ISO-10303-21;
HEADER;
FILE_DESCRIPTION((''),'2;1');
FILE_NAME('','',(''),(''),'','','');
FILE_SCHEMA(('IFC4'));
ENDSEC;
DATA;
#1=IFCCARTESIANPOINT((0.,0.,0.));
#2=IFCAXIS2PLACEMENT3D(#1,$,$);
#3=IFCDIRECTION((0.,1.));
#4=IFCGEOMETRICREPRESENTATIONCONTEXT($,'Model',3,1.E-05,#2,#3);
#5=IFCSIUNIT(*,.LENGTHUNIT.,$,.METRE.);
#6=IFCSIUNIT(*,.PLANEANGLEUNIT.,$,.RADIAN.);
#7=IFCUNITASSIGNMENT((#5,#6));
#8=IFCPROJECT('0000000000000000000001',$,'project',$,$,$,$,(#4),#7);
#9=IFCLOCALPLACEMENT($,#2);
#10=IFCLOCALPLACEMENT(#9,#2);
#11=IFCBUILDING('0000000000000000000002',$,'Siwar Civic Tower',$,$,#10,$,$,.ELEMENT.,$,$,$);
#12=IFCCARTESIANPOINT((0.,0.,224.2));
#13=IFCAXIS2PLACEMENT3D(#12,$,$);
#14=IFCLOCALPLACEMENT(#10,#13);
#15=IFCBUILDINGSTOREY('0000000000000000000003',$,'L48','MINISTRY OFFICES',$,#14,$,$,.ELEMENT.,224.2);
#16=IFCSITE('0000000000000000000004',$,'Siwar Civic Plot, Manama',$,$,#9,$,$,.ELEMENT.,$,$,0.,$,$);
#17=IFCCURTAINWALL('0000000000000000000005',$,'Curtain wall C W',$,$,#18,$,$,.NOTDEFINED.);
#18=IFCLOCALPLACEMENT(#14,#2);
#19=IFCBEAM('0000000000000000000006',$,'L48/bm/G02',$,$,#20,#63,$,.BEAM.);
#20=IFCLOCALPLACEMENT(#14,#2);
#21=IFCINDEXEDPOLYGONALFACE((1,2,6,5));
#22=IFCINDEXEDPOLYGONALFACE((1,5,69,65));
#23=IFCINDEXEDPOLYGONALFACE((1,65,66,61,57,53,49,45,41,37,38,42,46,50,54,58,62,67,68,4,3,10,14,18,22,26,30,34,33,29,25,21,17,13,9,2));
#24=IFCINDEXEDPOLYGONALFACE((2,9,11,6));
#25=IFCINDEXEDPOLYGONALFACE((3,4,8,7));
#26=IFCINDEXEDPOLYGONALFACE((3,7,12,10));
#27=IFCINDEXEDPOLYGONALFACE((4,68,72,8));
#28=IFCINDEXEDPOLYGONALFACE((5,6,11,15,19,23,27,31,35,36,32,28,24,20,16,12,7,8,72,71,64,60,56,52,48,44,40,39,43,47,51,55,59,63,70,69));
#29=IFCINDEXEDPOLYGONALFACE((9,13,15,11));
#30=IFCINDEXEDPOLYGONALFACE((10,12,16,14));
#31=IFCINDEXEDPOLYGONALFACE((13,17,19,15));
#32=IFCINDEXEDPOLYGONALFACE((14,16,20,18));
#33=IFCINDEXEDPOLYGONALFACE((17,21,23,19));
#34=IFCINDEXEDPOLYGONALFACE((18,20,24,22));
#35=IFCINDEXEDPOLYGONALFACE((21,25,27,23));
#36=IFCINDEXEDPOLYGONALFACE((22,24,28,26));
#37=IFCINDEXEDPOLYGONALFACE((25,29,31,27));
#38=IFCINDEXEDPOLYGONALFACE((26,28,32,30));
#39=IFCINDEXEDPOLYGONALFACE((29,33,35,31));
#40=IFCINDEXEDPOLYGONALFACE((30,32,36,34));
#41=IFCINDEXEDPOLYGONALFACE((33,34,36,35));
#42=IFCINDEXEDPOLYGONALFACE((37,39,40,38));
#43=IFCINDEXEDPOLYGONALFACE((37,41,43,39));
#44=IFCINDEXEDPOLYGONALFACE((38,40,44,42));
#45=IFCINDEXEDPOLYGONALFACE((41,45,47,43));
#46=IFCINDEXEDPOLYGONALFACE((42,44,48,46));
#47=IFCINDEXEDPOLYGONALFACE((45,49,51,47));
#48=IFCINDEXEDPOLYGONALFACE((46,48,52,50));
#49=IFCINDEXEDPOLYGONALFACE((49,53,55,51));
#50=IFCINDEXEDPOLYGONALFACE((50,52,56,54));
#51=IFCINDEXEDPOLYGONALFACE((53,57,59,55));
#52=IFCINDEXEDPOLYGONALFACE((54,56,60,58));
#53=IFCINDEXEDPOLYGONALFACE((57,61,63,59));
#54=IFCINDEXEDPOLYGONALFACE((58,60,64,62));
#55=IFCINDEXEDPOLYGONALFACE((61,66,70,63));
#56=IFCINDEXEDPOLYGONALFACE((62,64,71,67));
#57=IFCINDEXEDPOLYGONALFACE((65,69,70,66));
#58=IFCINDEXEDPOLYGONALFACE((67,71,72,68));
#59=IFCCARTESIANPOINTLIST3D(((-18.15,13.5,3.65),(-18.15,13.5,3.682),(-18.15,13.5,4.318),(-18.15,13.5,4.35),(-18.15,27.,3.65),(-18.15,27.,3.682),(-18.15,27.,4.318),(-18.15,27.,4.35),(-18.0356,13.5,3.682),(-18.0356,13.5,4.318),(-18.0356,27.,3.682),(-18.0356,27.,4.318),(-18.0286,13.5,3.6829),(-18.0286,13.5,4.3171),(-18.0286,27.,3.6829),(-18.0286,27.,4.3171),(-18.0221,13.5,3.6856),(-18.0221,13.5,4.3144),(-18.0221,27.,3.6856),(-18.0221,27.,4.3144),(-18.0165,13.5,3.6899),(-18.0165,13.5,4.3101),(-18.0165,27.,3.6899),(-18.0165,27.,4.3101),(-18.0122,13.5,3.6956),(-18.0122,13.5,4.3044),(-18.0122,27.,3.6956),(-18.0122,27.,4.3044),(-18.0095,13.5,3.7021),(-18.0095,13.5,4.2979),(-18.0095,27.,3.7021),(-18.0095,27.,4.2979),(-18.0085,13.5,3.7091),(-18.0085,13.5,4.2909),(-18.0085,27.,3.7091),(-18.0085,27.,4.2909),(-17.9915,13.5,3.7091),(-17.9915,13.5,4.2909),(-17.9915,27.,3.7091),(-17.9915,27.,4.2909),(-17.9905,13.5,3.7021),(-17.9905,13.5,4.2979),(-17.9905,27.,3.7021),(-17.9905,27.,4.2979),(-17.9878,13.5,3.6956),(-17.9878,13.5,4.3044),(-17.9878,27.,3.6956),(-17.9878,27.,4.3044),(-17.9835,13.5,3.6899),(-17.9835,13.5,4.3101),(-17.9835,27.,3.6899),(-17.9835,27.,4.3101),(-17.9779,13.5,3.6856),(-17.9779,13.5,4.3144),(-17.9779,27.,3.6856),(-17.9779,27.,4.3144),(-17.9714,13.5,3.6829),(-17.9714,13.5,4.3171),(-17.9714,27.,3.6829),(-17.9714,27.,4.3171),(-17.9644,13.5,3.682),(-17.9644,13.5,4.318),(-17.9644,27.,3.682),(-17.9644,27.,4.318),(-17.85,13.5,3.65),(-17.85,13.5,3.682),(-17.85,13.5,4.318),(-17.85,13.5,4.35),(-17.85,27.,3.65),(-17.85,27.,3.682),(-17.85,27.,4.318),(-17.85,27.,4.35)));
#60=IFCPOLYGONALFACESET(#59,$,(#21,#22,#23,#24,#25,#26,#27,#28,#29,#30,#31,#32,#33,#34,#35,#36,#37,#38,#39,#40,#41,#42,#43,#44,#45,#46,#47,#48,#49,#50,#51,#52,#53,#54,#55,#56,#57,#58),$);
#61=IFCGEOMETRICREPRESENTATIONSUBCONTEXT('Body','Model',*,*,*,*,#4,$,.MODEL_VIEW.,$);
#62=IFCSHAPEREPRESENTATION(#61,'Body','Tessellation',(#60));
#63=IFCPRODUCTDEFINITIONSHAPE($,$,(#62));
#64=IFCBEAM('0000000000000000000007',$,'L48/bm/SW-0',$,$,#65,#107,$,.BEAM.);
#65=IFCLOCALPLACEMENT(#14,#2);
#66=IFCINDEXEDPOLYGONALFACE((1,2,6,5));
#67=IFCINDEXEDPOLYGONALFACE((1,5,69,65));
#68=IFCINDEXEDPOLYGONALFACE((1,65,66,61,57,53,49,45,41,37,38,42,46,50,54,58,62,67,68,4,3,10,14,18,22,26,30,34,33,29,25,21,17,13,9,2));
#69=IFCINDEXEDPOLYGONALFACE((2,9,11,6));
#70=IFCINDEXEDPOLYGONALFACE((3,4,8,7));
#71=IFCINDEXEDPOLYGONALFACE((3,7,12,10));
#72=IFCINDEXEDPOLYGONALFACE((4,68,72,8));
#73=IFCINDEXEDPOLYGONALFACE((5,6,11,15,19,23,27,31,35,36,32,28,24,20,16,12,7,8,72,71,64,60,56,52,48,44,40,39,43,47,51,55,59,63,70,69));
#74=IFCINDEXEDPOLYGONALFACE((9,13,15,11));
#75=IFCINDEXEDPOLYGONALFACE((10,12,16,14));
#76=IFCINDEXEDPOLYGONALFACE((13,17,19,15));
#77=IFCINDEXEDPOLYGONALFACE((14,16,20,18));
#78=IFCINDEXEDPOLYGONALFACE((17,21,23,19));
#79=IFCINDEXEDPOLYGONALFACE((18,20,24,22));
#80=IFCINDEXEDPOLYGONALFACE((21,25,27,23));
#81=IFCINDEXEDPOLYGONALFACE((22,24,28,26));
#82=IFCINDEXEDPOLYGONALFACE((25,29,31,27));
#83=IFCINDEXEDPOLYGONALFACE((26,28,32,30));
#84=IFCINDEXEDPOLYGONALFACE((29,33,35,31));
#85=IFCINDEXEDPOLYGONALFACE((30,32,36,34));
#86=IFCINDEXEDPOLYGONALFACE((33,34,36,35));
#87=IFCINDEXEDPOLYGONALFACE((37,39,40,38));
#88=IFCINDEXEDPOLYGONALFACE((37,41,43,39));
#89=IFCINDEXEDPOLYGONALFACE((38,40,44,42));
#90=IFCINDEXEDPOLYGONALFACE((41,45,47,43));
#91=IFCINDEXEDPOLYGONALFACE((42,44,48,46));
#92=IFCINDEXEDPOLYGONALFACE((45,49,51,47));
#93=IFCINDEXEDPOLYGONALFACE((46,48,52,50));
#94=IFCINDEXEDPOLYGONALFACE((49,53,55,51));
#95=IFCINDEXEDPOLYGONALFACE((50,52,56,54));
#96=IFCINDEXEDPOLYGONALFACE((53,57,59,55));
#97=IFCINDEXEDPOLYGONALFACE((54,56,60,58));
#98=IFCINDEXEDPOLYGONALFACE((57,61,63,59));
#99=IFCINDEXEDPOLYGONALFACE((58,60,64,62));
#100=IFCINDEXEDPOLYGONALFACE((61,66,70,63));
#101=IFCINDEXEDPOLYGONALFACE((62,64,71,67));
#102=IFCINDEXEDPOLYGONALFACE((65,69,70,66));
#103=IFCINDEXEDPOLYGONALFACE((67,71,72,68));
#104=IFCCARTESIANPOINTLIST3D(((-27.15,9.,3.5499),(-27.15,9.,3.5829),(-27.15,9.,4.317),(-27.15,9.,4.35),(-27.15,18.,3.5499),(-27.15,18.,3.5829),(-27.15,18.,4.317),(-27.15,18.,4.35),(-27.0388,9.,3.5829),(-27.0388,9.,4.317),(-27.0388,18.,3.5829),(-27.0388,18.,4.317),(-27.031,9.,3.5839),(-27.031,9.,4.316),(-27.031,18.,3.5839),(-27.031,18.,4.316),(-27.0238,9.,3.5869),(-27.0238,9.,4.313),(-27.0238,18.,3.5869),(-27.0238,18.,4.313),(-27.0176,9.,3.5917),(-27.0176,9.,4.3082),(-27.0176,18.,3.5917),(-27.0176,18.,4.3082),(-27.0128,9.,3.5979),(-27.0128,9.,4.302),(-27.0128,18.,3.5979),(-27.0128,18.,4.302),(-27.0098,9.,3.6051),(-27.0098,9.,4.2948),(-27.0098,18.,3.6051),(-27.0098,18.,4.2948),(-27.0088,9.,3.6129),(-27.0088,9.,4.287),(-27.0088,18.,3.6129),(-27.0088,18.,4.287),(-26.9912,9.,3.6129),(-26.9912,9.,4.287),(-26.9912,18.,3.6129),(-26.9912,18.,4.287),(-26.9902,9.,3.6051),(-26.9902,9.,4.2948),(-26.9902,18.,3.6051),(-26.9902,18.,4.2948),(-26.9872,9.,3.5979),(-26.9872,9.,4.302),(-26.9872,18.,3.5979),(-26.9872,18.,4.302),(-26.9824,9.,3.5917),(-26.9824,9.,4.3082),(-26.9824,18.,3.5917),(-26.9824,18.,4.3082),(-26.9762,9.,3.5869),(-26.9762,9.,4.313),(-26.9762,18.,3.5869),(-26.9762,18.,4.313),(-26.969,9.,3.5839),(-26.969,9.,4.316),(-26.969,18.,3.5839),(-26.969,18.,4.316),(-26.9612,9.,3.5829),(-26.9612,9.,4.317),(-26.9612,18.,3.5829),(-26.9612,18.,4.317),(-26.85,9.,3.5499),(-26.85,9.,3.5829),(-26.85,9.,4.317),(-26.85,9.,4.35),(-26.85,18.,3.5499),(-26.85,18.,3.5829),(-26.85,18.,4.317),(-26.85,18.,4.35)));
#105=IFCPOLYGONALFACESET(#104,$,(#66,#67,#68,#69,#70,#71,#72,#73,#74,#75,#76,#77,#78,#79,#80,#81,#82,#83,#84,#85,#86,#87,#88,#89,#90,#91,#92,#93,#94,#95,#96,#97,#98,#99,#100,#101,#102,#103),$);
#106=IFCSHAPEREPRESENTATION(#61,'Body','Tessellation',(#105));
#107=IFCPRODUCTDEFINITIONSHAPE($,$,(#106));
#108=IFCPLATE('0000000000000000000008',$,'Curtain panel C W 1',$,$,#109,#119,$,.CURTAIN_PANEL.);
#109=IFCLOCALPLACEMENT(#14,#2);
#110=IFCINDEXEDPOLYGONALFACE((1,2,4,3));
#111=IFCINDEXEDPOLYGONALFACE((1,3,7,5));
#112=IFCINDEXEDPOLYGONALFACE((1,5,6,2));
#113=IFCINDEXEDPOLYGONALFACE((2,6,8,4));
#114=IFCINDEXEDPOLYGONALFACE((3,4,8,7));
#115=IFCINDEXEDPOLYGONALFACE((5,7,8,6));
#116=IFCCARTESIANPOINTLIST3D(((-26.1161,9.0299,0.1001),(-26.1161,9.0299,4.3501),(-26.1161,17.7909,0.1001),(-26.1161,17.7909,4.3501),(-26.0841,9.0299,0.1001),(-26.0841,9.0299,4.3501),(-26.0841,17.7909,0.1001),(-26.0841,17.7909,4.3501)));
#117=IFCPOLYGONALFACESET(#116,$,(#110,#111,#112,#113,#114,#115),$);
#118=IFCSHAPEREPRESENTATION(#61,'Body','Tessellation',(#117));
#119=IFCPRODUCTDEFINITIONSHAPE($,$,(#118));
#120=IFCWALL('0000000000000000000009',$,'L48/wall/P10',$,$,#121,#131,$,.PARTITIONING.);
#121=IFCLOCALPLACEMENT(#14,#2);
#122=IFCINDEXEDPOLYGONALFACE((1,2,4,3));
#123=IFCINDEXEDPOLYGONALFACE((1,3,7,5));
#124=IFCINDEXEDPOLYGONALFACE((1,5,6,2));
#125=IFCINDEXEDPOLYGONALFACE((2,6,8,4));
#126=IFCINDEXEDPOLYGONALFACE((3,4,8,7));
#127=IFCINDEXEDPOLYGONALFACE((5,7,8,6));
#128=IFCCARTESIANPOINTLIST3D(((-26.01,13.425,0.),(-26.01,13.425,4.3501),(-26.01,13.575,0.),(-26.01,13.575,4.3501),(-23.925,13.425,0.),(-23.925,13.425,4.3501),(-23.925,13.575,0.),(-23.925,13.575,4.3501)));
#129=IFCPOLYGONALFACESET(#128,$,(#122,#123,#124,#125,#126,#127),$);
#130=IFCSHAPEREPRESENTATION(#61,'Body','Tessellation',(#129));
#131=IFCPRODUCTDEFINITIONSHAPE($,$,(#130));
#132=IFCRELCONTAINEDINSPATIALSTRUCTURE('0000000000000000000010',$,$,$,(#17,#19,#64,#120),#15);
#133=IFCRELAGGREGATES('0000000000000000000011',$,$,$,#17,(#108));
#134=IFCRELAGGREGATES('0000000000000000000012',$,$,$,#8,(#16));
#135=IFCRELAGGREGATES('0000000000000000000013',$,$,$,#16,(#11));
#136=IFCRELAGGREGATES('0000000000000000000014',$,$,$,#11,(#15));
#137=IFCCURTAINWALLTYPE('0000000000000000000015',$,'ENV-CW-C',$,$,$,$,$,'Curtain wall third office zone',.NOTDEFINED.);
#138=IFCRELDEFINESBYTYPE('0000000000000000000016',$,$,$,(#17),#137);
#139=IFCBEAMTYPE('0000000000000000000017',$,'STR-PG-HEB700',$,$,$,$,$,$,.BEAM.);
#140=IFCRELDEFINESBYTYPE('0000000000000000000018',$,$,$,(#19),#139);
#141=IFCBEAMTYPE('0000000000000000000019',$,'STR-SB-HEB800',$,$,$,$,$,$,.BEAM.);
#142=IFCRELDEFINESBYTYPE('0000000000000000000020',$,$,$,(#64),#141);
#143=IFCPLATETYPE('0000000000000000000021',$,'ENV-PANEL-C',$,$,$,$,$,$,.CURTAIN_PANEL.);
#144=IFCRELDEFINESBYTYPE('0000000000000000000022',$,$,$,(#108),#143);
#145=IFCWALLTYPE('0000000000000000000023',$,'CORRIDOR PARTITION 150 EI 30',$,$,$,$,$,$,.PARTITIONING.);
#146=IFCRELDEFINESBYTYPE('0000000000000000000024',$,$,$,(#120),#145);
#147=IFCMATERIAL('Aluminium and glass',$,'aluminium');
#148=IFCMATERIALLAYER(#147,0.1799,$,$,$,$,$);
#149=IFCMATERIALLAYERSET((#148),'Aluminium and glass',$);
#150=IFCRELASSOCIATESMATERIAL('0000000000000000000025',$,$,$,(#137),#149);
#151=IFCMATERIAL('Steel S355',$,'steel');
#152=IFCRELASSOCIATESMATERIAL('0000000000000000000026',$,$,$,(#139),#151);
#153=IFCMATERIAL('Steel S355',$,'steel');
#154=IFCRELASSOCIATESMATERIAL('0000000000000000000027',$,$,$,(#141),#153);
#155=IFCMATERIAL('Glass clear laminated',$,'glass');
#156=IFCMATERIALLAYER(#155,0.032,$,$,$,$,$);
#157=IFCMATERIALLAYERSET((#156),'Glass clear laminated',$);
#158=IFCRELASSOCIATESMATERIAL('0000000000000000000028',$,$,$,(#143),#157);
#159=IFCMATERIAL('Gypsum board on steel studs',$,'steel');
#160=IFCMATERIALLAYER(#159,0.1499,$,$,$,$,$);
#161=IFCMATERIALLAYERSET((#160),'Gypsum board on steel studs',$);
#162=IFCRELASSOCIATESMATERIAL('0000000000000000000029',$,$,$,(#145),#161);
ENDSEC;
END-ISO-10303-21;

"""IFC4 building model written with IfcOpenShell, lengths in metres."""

from ifc_helpers import new_model, si_unit, direction, frame, frame_2d, origin, origin_2d, place, context, subcontext, project, spatial, rectangle, i_section, extrude, material, layer, layer_set, material_profile, profile_set, type_object, element, aggregate, save


model = new_model("IFC4")

# Units and contexts
model_context = context("Model", 3, precision=1e-05, world=origin(), true_north=direction((0.0, 1.0)))
body_context = subcontext(model_context, "Body", "Model", "MODEL_VIEW")
ifc_project = project(units=[si_unit("LENGTHUNIT", "METRE"), si_unit("PLANEANGLEUNIT", "RADIAN")], contexts=[model_context])

# Site, building, storey
site_placement = place(None, origin())
site = spatial("IfcSite", under=ifc_project, at=site_placement, Name="Siwar Civic Plot, Manama", CompositionType="ELEMENT", RefElevation=0.0)
building_placement = place(site_placement, origin())
building = spatial("IfcBuilding", under=site, at=building_placement, Name="Siwar Civic Tower", CompositionType="ELEMENT")
storey_placement = place(building_placement, frame((0.0, 0.0, 224.2)))
storey = spatial("IfcBuildingStorey", under=building, at=storey_placement, Name="L48", Description="MINISTRY OFFICES", CompositionType="ELEMENT", Elevation=224.2)

# Curtain wall
ifc_material_1 = material(Name="Aluminium and glass", Category="aluminium")
ifc_layer_1 = layer(ifc_material_1, 0.1799)
ifc_layer_set_1 = layer_set([ifc_layer_1], Name="Aluminium and glass")
curtain_wall_type = type_object("IfcCurtainWallType", Name="ENV-CW-C", ElementType="Curtain wall third office zone", PredefinedType="NOTDEFINED", material=ifc_layer_set_1)
curtain_wall_placement = place(storey_placement, origin())
curtain_wall = element("IfcCurtainWall", 1, at=curtain_wall_placement, inside=storey, type_object=curtain_wall_type, Name="Curtain wall C W", PredefinedType="NOTDEFINED")

# Beams
ifc_material_2 = material(Name="Steel S355", Category="steel")
ifc_material_profile_1 = material_profile(ifc_material_2, i_section(OverallWidth=0.3, OverallDepth=0.7, WebThickness=0.0171, FlangeThickness=0.032, FilletRadius=0.0271, at=origin_2d()), Name="HEB700")
ifc_profile_set_1 = profile_set([ifc_material_profile_1], Name="Steel S355")
beam_type_1 = type_object("IfcBeamType", Name="STR-PG-HEB700", PredefinedType="BEAM", material=ifc_profile_set_1)
beam_1_placement = place(storey_placement, frame((-18.0, 13.5, 4.0), z_axis=(0.0, 1.0, 0.0), x_axis=(-1.0, 0.0, 0.0)))
element("IfcBeam", 2, at=beam_1_placement, inside=storey, type_object=beam_type_1, Name="L48/bm/G02", PredefinedType="BEAM", context=body_context, shape_type="SweptSolid", body=[
    extrude(i_section(OverallWidth=0.3, OverallDepth=0.7, WebThickness=0.0171, FlangeThickness=0.032, FilletRadius=0.0271, at=origin_2d()), origin(), (0.0, 0.0, 1.0), 13.5),
])
ifc_material_3 = material(Name="Steel S355", Category="steel")
ifc_material_profile_2 = material_profile(ifc_material_3, i_section(OverallWidth=0.3, OverallDepth=0.8, WebThickness=0.0176, FlangeThickness=0.033, FilletRadius=0.03, at=origin_2d()), Name="HEB800")
ifc_profile_set_2 = profile_set([ifc_material_profile_2], Name="Steel S355")
beam_type_2 = type_object("IfcBeamType", Name="STR-SB-HEB800", PredefinedType="BEAM", material=ifc_profile_set_2)
beam_2_placement = place(storey_placement, frame((-27.0, 18.0, 3.95), z_axis=(0.0, -1.0, 0.0), x_axis=(1.0, 0.0, 0.0)))
element("IfcBeam", 3, at=beam_2_placement, inside=storey, type_object=beam_type_2, Name="L48/bm/SW-0", PredefinedType="BEAM", context=body_context, shape_type="SweptSolid", body=[
    extrude(i_section(OverallWidth=0.3, OverallDepth=0.8, WebThickness=0.0176, FlangeThickness=0.033, FilletRadius=0.03, at=origin_2d()), origin(), (0.0, 0.0, 1.0), 9.0),
])

# Plate
ifc_material_4 = material(Name="Glass clear laminated", Category="glass")
ifc_layer_2 = layer(ifc_material_4, 0.032)
ifc_layer_set_2 = layer_set([ifc_layer_2], Name="Glass clear laminated")
plate_type = type_object("IfcPlateType", Name="ENV-PANEL-C", PredefinedType="CURTAIN_PANEL", material=ifc_layer_set_2)
plate_placement = place(storey_placement, frame((-26.1001, 13.4104, 0.1001), z_axis=(0.0, 0.0, 1.0), x_axis=(0.0, -1.0, 0.0)))
plate = element("IfcPlate", 4, at=plate_placement, type_object=plate_type, Name="Curtain panel C W 1", PredefinedType="CURTAIN_PANEL", context=body_context, shape_type="SweptSolid", body=[
    extrude(rectangle(XDim=8.761, YDim=0.032, at=origin_2d()), origin(), (0.0, 0.0, 1.0), 4.25),
])
aggregate(curtain_wall, [plate])

# Wall
ifc_material_5 = material(Name="Gypsum board on steel studs", Category="steel")
ifc_layer_3 = layer(ifc_material_5, 0.1499)
ifc_layer_set_3 = layer_set([ifc_layer_3], Name="Gypsum board on steel studs")
wall_type_1 = type_object("IfcWallType", Name="CORRIDOR PARTITION 150 EI 30", PredefinedType="PARTITIONING", material=ifc_layer_set_3)
wall_1_placement = place(storey_placement, frame((-26.01, 13.5, 0.0), z_axis=(0.0, 0.0, 1.0), x_axis=(1.0, 0.0, 0.0)))
element("IfcWall", 5, at=wall_1_placement, inside=storey, type_object=wall_type_1, Name="L48/wall/P10", PredefinedType="PARTITIONING", context=body_context, shape_type="SweptSolid", body=[
    extrude(rectangle(XDim=2.085, YDim=0.1499, at=frame_2d((1.0425, 0.0))), origin(), (0.0, 0.0, 1.0), 4.3501),
])

save(model, "model.ifc")
